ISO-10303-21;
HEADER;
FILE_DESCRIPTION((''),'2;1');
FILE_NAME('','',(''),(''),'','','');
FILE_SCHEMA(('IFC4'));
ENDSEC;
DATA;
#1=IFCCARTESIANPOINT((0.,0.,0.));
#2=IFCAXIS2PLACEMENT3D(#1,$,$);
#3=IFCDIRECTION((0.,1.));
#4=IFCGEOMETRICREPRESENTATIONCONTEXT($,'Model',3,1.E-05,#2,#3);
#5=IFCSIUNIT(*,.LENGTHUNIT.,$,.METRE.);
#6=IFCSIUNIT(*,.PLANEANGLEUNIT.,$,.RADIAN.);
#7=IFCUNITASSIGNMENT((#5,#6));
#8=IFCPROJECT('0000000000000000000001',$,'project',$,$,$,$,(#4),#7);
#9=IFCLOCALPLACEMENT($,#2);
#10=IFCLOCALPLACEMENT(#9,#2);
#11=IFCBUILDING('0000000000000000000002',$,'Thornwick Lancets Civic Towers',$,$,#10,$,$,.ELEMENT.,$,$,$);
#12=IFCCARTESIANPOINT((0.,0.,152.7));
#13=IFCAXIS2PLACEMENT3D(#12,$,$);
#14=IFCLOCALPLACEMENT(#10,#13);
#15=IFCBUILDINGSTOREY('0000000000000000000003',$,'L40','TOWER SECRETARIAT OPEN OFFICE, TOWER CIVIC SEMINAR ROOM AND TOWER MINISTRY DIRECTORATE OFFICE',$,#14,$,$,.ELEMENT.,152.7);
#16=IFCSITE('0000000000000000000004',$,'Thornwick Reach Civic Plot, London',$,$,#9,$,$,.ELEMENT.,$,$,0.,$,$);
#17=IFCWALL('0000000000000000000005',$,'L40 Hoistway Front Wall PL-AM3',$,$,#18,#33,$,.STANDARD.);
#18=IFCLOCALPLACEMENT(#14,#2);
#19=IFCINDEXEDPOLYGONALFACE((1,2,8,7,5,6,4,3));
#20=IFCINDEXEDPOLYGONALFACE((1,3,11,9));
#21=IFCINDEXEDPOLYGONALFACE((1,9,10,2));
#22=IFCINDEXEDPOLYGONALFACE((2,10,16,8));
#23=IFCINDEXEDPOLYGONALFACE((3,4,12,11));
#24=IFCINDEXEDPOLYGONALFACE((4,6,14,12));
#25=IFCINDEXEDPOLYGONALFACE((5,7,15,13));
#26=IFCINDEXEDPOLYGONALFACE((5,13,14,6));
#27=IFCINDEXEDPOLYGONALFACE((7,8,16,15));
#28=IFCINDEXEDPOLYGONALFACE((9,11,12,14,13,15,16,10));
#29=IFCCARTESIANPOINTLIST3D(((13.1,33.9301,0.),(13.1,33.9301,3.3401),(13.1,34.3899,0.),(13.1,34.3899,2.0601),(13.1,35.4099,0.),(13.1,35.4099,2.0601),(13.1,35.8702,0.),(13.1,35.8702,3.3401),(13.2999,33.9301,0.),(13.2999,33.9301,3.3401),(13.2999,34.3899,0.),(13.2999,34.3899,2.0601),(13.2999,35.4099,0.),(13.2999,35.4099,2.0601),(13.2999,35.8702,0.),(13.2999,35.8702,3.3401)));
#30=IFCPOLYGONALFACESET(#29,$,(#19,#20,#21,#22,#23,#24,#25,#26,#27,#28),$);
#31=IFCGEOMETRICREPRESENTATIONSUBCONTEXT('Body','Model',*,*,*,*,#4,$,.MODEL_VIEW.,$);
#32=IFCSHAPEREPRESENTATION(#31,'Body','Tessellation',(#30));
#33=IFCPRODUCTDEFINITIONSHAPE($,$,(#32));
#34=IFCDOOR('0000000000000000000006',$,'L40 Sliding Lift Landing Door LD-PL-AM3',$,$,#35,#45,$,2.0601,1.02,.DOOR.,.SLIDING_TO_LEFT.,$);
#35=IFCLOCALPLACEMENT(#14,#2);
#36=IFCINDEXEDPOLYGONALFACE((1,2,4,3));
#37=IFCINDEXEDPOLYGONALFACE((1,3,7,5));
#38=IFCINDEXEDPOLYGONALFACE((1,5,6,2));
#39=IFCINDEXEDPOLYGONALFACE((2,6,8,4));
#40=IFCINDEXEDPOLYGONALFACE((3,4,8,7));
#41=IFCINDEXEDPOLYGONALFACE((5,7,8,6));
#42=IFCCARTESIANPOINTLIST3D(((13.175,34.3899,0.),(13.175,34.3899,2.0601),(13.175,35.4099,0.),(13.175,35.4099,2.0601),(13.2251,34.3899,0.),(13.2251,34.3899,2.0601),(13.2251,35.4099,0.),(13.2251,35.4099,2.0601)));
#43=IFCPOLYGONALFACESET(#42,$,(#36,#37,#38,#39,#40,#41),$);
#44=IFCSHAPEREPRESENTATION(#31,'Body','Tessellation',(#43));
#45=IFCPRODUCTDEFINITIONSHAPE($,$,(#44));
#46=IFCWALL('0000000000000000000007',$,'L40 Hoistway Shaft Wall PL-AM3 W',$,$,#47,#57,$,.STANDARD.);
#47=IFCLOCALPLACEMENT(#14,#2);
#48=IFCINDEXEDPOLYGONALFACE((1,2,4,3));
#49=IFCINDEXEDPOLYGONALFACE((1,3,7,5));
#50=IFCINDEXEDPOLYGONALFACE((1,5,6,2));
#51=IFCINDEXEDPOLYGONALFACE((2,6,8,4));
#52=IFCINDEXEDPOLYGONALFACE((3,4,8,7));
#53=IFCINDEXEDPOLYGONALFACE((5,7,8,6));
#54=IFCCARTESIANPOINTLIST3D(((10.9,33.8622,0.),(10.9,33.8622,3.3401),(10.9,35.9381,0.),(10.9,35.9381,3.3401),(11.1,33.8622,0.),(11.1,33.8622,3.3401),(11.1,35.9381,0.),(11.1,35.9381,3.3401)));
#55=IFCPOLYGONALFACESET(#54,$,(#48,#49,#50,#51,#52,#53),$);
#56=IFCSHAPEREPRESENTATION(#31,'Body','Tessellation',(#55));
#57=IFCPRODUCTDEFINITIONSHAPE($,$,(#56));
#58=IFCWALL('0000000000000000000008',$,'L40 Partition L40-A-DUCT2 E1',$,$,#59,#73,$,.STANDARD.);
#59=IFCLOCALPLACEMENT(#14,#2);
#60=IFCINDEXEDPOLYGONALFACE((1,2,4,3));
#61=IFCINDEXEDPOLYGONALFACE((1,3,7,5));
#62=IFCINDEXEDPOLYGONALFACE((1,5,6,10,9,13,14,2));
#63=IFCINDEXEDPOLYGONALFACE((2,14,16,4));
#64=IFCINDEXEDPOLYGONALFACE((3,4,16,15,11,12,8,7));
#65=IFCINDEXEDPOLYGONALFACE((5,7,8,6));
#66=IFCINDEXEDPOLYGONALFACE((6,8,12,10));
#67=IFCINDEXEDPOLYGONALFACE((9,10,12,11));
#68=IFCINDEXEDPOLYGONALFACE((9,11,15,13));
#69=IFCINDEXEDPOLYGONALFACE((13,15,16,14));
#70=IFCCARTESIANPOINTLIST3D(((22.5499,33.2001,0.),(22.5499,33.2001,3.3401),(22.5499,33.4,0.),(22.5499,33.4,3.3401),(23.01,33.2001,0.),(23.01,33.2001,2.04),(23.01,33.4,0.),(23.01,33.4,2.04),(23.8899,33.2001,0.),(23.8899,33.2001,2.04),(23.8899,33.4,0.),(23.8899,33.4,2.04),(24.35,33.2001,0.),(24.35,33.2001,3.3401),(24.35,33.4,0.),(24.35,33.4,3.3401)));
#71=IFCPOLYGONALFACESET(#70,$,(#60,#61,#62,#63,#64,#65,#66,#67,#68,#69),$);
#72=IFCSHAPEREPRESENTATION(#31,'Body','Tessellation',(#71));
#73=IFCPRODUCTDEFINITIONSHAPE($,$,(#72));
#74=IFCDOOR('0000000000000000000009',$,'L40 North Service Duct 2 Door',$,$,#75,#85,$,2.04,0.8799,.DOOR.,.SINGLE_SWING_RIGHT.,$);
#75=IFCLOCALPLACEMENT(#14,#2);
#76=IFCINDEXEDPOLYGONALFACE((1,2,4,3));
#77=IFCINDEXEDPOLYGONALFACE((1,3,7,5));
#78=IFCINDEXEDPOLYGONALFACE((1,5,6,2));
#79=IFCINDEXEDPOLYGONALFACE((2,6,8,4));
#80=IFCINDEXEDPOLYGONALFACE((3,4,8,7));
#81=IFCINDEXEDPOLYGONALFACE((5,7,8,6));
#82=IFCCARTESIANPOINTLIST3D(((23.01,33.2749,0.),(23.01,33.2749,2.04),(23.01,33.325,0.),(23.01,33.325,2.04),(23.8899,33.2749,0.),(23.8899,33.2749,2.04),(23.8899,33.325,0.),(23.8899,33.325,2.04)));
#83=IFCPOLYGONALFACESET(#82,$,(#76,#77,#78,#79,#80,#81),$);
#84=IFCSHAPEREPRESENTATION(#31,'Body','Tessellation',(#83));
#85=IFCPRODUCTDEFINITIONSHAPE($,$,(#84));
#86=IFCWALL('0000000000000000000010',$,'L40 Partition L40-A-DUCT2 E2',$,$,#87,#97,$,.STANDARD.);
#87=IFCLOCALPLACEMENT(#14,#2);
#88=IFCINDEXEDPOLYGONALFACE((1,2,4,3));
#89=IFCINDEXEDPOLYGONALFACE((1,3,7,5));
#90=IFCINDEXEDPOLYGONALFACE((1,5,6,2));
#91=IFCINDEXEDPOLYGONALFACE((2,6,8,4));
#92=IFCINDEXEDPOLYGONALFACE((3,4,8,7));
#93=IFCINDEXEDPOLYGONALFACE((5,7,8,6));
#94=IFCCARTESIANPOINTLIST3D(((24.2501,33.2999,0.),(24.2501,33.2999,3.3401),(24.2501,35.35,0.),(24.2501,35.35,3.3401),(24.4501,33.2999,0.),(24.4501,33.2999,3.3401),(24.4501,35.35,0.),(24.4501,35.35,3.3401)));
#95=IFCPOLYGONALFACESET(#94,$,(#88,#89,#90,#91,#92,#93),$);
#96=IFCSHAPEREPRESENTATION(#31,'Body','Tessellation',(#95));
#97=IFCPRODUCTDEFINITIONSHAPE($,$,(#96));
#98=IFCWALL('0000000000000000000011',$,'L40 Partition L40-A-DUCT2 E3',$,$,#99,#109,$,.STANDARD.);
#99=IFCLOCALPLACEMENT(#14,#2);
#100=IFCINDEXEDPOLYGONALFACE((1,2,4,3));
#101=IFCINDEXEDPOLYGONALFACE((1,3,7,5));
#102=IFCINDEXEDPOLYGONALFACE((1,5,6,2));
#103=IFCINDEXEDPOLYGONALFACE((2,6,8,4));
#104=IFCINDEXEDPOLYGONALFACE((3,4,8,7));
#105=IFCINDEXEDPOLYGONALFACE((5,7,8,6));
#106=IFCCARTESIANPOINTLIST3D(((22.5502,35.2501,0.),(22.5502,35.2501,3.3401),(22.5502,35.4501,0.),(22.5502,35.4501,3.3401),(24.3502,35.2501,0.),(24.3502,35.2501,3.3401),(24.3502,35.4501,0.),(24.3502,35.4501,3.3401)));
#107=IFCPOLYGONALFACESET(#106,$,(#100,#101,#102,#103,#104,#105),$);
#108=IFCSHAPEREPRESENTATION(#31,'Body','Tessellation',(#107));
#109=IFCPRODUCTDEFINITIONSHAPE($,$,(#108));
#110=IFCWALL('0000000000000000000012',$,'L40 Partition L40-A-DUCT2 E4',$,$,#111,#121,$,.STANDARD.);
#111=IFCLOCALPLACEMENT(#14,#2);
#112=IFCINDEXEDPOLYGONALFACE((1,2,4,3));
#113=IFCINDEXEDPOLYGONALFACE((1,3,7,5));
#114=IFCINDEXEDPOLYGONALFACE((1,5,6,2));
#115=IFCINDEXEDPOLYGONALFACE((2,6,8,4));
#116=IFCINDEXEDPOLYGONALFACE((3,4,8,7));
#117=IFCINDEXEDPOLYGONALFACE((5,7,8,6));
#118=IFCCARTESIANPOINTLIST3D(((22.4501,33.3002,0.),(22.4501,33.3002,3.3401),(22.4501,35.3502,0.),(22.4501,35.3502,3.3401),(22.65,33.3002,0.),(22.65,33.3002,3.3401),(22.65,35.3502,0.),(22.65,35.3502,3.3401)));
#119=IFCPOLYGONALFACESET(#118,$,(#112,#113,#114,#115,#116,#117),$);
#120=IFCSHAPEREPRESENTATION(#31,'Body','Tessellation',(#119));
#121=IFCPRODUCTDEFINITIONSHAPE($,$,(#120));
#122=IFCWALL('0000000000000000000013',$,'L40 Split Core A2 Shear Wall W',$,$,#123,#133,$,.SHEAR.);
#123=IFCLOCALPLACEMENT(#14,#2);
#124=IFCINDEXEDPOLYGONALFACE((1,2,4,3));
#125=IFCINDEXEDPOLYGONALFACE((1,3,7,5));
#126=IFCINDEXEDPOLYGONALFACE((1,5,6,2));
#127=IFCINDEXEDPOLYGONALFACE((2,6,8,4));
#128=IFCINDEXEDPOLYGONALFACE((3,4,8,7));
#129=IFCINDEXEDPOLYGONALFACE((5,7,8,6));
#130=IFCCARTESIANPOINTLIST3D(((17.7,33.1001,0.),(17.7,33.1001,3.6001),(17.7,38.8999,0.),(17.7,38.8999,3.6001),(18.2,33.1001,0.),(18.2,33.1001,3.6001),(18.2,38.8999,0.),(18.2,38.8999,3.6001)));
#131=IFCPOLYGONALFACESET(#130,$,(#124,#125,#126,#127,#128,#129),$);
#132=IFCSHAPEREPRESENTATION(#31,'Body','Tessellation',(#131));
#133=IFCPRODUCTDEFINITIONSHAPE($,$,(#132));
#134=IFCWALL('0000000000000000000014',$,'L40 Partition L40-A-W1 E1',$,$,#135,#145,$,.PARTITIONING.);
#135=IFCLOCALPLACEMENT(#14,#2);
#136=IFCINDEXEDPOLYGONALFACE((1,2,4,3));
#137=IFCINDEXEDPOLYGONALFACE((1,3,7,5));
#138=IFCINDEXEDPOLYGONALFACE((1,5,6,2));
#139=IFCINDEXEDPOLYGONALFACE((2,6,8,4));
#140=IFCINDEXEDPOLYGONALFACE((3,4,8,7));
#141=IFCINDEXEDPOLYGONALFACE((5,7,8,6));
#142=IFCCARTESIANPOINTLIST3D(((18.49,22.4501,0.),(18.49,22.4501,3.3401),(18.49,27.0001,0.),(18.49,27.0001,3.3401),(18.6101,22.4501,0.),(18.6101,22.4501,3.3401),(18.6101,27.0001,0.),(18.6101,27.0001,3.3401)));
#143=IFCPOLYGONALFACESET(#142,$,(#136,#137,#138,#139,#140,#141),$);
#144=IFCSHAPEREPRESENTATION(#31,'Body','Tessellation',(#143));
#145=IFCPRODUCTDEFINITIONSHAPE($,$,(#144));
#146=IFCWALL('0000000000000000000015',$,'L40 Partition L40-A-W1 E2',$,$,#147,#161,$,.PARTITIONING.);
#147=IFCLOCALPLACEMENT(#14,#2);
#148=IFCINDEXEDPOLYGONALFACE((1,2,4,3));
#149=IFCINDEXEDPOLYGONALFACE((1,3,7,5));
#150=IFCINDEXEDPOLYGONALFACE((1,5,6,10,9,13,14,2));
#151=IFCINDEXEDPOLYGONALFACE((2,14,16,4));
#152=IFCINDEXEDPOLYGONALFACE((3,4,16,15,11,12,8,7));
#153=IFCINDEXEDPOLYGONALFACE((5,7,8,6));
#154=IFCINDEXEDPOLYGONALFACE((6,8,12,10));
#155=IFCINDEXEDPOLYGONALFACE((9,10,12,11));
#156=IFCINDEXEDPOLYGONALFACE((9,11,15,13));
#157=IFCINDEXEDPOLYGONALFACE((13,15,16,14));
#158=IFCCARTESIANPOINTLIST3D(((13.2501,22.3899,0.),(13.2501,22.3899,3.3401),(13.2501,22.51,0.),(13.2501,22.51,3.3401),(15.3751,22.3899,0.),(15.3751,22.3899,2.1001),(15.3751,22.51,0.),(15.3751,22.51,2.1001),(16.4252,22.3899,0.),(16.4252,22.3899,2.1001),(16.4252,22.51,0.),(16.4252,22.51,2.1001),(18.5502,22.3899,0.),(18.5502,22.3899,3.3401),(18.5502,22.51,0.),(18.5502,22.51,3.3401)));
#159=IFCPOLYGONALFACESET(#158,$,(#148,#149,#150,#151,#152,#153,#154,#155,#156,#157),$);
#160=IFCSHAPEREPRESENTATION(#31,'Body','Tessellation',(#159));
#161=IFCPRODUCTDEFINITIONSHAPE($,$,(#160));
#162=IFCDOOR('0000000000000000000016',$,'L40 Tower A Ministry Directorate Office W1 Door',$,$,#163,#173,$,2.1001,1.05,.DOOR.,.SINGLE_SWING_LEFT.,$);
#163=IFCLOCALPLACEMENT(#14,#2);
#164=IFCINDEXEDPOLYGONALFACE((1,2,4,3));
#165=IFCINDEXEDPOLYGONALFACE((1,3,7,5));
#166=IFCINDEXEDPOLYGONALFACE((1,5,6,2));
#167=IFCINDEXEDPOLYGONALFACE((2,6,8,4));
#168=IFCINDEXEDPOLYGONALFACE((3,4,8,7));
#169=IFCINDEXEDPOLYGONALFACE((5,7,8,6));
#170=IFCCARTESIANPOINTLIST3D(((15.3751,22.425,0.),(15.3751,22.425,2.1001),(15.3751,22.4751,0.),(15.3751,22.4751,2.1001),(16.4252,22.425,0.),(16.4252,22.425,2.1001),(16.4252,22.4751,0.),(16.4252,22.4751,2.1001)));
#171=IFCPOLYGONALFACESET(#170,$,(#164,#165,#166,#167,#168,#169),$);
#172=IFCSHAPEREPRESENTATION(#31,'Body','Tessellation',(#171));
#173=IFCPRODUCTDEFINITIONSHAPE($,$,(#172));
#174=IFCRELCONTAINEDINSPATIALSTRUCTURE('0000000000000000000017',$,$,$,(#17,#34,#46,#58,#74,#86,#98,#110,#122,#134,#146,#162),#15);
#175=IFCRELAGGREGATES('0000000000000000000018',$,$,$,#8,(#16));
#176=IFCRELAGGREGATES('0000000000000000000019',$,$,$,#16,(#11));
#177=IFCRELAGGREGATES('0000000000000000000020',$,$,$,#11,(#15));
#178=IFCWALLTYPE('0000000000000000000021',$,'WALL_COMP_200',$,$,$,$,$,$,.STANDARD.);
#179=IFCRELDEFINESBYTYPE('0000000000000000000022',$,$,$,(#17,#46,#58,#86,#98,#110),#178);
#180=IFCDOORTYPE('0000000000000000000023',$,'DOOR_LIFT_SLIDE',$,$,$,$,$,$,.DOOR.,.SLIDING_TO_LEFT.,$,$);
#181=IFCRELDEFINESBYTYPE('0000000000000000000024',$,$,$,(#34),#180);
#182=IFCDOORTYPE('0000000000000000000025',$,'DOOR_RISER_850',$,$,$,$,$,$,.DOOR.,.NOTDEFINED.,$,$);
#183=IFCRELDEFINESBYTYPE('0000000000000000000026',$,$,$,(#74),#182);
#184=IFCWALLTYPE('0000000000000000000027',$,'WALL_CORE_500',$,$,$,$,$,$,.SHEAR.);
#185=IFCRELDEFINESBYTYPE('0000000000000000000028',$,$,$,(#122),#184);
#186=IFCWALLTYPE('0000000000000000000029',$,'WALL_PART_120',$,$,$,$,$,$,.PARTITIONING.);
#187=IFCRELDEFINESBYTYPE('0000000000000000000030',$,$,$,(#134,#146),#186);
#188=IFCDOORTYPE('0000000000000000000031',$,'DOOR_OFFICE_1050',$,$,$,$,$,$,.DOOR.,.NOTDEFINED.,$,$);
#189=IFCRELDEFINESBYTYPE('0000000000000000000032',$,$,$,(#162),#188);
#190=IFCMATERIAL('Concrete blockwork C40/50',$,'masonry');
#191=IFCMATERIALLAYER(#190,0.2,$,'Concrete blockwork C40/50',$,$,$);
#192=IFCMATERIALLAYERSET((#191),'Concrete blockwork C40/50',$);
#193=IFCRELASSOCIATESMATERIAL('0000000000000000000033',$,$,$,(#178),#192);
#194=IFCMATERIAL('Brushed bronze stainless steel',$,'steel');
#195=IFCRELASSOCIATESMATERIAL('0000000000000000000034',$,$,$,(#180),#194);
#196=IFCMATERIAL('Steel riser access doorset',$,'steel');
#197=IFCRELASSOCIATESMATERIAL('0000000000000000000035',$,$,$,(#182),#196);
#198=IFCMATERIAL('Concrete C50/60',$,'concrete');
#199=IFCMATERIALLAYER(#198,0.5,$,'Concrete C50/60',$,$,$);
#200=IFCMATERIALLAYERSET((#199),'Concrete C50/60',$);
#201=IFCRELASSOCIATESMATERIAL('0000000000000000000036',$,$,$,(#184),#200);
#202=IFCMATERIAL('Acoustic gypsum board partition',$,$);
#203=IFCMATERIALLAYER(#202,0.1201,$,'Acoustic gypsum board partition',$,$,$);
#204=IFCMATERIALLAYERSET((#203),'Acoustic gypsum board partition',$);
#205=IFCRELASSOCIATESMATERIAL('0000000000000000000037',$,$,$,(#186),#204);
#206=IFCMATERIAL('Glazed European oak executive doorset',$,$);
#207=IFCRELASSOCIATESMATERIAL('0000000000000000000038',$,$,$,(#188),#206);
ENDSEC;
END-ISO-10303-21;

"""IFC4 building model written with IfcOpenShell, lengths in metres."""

from ifc_helpers import new_model, si_unit, direction, frame, frame_2d, origin, place, context, subcontext, project, spatial, rectangle, extrude, material, layer, layer_set, type_object, element, fill, save


model = new_model("IFC4")

# Units and contexts
model_context = context("Model", 3, precision=1e-05, world=origin(), true_north=direction((0.0, 1.0)))
body_context = subcontext(model_context, "Body", "Model", "MODEL_VIEW")
ifc_project = project(units=[si_unit("LENGTHUNIT", "METRE"), si_unit("PLANEANGLEUNIT", "RADIAN")], contexts=[model_context])

# Site, building, storey
site_placement = place(None, origin())
site = spatial("IfcSite", under=ifc_project, at=site_placement, Name="Thornwick Reach Civic Plot, London", CompositionType="ELEMENT", RefElevation=0.0)
building_placement = place(site_placement, origin())
building = spatial("IfcBuilding", under=site, at=building_placement, Name="Thornwick Lancets Civic Towers", CompositionType="ELEMENT")
storey_placement = place(building_placement, frame((0.0, 0.0, 152.7)))
storey = spatial("IfcBuildingStorey", under=building, at=storey_placement, Name="L40", Description="TOWER SECRETARIAT OPEN OFFICE, TOWER CIVIC SEMINAR ROOM AND TOWER MINISTRY DIRECTORATE OFFICE", CompositionType="ELEMENT", Elevation=152.7)

# Shared definitions
ifc_material_1 = material(Name="Concrete C50/60", Category="concrete")

# Wall, opening, door
ifc_material_2 = material(Name="Concrete blockwork C40/50", Category="masonry")
ifc_layer_1 = layer(ifc_material_2, 0.2, Name="Concrete blockwork C40/50")
ifc_layer_set_1 = layer_set([ifc_layer_1], Name="Concrete blockwork C40/50")
wall_type_1 = type_object("IfcWallType", Name="WALL_COMP_200", PredefinedType="STANDARD", material=ifc_layer_set_1)
wall_1_placement = place(storey_placement, frame((13.2, 33.9299, 0.0), z_axis=(0.0, 0.0, 1.0), x_axis=(0.0, 1.0, 0.0)))
wall_1 = element("IfcWall", 1, at=wall_1_placement, inside=storey, type_object=wall_type_1, Name="L40 Hoistway Front Wall PL-AM3", PredefinedType="STANDARD", context=body_context, shape_type="SweptSolid", body=[
    extrude(rectangle(XDim=1.9402, YDim=0.2, at=frame_2d((0.9702, 0.0))), origin(), (0.0, 0.0, 1.0), 3.3401),
])
opening_1_placement = place(wall_1_placement, frame((0.46, 0.0, 0.0)))
opening_1 = element("IfcOpeningElement", 2, at=opening_1_placement, cuts=wall_1, PredefinedType="OPENING", context=body_context, shape_type="SweptSolid", body=[
    extrude(rectangle(XDim=1.02, YDim=2.0601, at=frame_2d((0.51, 1.03))), frame((0.0, 0.1099, 0.0), z_axis=(0.0, -1.0, 0.0), x_axis=(1.0, 0.0, 0.0)), (0.0, 0.0, 1.0), 0.22),
])
ifc_material_3 = material(Name="Brushed bronze stainless steel", Category="steel")
door_type_1 = type_object("IfcDoorType", Name="DOOR_LIFT_SLIDE", OperationType="SLIDING_TO_LEFT", PredefinedType="DOOR", material=ifc_material_3)
door_1_placement = place(opening_1_placement, origin())
door_1 = element("IfcDoor", 3, at=door_1_placement, inside=storey, type_object=door_type_1, Name="L40 Sliding Lift Landing Door LD-PL-AM3", OperationType="SLIDING_TO_LEFT", OverallHeight=2.0601, OverallWidth=1.02, PredefinedType="DOOR", context=body_context, shape_type="SweptSolid", body=[
    extrude(rectangle(XDim=1.02, YDim=2.0601, at=frame_2d((0.51, 1.03))), frame((0.0, 0.0249, 0.0), z_axis=(0.0, -1.0, 0.0), x_axis=(1.0, 0.0, 0.0)), (0.0, 0.0, 1.0), 0.05),
])
fill(opening_1, door_1)

# Wall
wall_2_placement = place(storey_placement, frame((11.0, 33.8621, 0.0), z_axis=(0.0, 0.0, 1.0), x_axis=(0.0, 1.0, 0.0)))
element("IfcWall", 4, at=wall_2_placement, inside=storey, type_object=wall_type_1, Name="L40 Hoistway Shaft Wall PL-AM3 W", PredefinedType="STANDARD", context=body_context, shape_type="SweptSolid", body=[
    extrude(rectangle(XDim=2.0759, YDim=0.2, at=frame_2d((1.0381, 0.0))), origin(), (0.0, 0.0, 1.0), 3.3401),
])

# Wall, opening, door
wall_3_placement = place(storey_placement, frame((22.55, 33.3, 0.0), z_axis=(0.0, 0.0, 1.0), x_axis=(1.0, 0.0, 0.0)))
wall_3 = element("IfcWall", 5, at=wall_3_placement, inside=storey, type_object=wall_type_1, Name="L40 Partition L40-A-DUCT2 E1", PredefinedType="STANDARD", context=body_context, shape_type="SweptSolid", body=[
    extrude(rectangle(XDim=1.8, YDim=0.2, at=frame_2d((0.8999, 0.0))), origin(), (0.0, 0.0, 1.0), 3.3401),
])
opening_2_placement = place(wall_3_placement, frame((0.46, 0.0, 0.0)))
opening_2 = element("IfcOpeningElement", 6, at=opening_2_placement, cuts=wall_3, PredefinedType="OPENING", context=body_context, shape_type="SweptSolid", body=[
    extrude(rectangle(XDim=0.8799, YDim=2.04, at=frame_2d((0.4399, 1.02))), frame((0.0, 0.1099, 0.0), z_axis=(0.0, -1.0, 0.0), x_axis=(1.0, 0.0, 0.0)), (0.0, 0.0, 1.0), 0.22),
])
ifc_material_4 = material(Name="Steel riser access doorset", Category="steel")
door_type_2 = type_object("IfcDoorType", Name="DOOR_RISER_850", OperationType="NOTDEFINED", PredefinedType="DOOR", material=ifc_material_4)
door_2_placement = place(opening_2_placement, origin())
door_2 = element("IfcDoor", 7, at=door_2_placement, inside=storey, type_object=door_type_2, Name="L40 North Service Duct 2 Door", OperationType="SINGLE_SWING_RIGHT", OverallHeight=2.04, OverallWidth=0.8799, PredefinedType="DOOR", context=body_context, shape_type="SweptSolid", body=[
    extrude(rectangle(XDim=0.8799, YDim=2.04, at=frame_2d((0.4399, 1.02))), frame((0.0, 0.0249, 0.0), z_axis=(0.0, -1.0, 0.0), x_axis=(1.0, 0.0, 0.0)), (0.0, 0.0, 1.0), 0.05),
])
fill(opening_2, door_2)

# Walls
wall_4_placement = place(storey_placement, frame((24.3501, 33.3, 0.0), z_axis=(0.0, 0.0, 1.0), x_axis=(0.0, 1.0, 0.0)))
element("IfcWall", 8, at=wall_4_placement, inside=storey, type_object=wall_type_1, Name="L40 Partition L40-A-DUCT2 E2", PredefinedType="STANDARD", context=body_context, shape_type="SweptSolid", body=[
    extrude(rectangle(XDim=2.05, YDim=0.2, at=frame_2d((1.0249, 0.0))), origin(), (0.0, 0.0, 1.0), 3.3401),
])
wall_5_placement = place(storey_placement, frame((24.3501, 35.3501, 0.0), z_axis=(0.0, 0.0, 1.0), x_axis=(-1.0, 0.0, 0.0)))
element("IfcWall", 9, at=wall_5_placement, inside=storey, type_object=wall_type_1, Name="L40 Partition L40-A-DUCT2 E3", PredefinedType="STANDARD", context=body_context, shape_type="SweptSolid", body=[
    extrude(rectangle(XDim=1.8, YDim=0.2, at=frame_2d((0.8999, 0.0))), origin(), (0.0, 0.0, 1.0), 3.3401),
])
wall_6_placement = place(storey_placement, frame((22.55, 35.3501, 0.0), z_axis=(0.0, 0.0, 1.0), x_axis=(0.0, -1.0, 0.0)))
element("IfcWall", 10, at=wall_6_placement, inside=storey, type_object=wall_type_1, Name="L40 Partition L40-A-DUCT2 E4", PredefinedType="STANDARD", context=body_context, shape_type="SweptSolid", body=[
    extrude(rectangle(XDim=2.05, YDim=0.2, at=frame_2d((1.0249, 0.0))), origin(), (0.0, 0.0, 1.0), 3.3401),
])
ifc_layer_2 = layer(ifc_material_1, 0.5, Name="Concrete C50/60")
ifc_layer_set_2 = layer_set([ifc_layer_2], Name="Concrete C50/60")
wall_type_2 = type_object("IfcWallType", Name="WALL_CORE_500", PredefinedType="SHEAR", material=ifc_layer_set_2)
wall_7_placement = place(storey_placement, frame((17.95, 33.1001, 0.0), z_axis=(0.0, 0.0, 1.0), x_axis=(0.0, 1.0, 0.0)))
element("IfcWall", 11, at=wall_7_placement, inside=storey, type_object=wall_type_2, Name="L40 Split Core A2 Shear Wall W", PredefinedType="SHEAR", context=body_context, shape_type="SweptSolid", body=[
    extrude(rectangle(XDim=5.7998, YDim=0.5, at=frame_2d((2.8999, 0.0))), origin(), (0.0, 0.0, 1.0), 3.6001),
])
ifc_material_5 = material(Name="Acoustic gypsum board partition")
ifc_layer_3 = layer(ifc_material_5, 0.1201, Name="Acoustic gypsum board partition")
ifc_layer_set_3 = layer_set([ifc_layer_3], Name="Acoustic gypsum board partition")
wall_type_3 = type_object("IfcWallType", Name="WALL_PART_120", PredefinedType="PARTITIONING", material=ifc_layer_set_3)
wall_8_placement = place(storey_placement, frame((18.55, 27.0, 0.0), z_axis=(0.0, 0.0, 1.0), x_axis=(0.0, -1.0, 0.0)))
element("IfcWall", 12, at=wall_8_placement, inside=storey, type_object=wall_type_3, Name="L40 Partition L40-A-W1 E1", PredefinedType="PARTITIONING", context=body_context, shape_type="SweptSolid", body=[
    extrude(rectangle(XDim=4.55, YDim=0.1201, at=frame_2d((2.2749, 0.0))), origin(), (0.0, 0.0, 1.0), 3.3401),
])

# Wall, opening, door
wall_9_placement = place(storey_placement, frame((18.55, 22.45, 0.0), z_axis=(0.0, 0.0, 1.0), x_axis=(-1.0, 0.0, 0.0)))
wall_9 = element("IfcWall", 13, at=wall_9_placement, inside=storey, type_object=wall_type_3, Name="L40 Partition L40-A-W1 E2", PredefinedType="PARTITIONING", context=body_context, shape_type="SweptSolid", body=[
    extrude(rectangle(XDim=5.3, YDim=0.1201, at=frame_2d((2.6499, 0.0))), origin(), (0.0, 0.0, 1.0), 3.3401),
])
opening_3_placement = place(wall_9_placement, frame((2.125, 0.0, 0.0)))
opening_3 = element("IfcOpeningElement", 14, at=opening_3_placement, cuts=wall_9, PredefinedType="OPENING", context=body_context, shape_type="SweptSolid", body=[
    extrude(rectangle(XDim=1.05, YDim=2.1001, at=frame_2d((0.5249, 1.05))), frame((0.0, 0.0701, 0.0), z_axis=(0.0, -1.0, 0.0), x_axis=(1.0, 0.0, 0.0)), (0.0, 0.0, 1.0), 0.1401),
])
ifc_material_6 = material(Name="Glazed European oak executive doorset")
door_type_3 = type_object("IfcDoorType", Name="DOOR_OFFICE_1050", OperationType="NOTDEFINED", PredefinedType="DOOR", material=ifc_material_6)
door_3_placement = place(opening_3_placement, origin())
door_3 = element("IfcDoor", 15, at=door_3_placement, inside=storey, type_object=door_type_3, Name="L40 Tower A Ministry Directorate Office W1 Door", OperationType="SINGLE_SWING_LEFT", OverallHeight=2.1001, OverallWidth=1.05, PredefinedType="DOOR", context=body_context, shape_type="SweptSolid", body=[
    extrude(rectangle(XDim=1.05, YDim=2.1001, at=frame_2d((0.5249, 1.05))), frame((0.0, 0.0249, 0.0), z_axis=(0.0, -1.0, 0.0), x_axis=(1.0, 0.0, 0.0)), (0.0, 0.0, 1.0), 0.05),
])
fill(opening_3, door_3)

save(model, "model.ifc")
